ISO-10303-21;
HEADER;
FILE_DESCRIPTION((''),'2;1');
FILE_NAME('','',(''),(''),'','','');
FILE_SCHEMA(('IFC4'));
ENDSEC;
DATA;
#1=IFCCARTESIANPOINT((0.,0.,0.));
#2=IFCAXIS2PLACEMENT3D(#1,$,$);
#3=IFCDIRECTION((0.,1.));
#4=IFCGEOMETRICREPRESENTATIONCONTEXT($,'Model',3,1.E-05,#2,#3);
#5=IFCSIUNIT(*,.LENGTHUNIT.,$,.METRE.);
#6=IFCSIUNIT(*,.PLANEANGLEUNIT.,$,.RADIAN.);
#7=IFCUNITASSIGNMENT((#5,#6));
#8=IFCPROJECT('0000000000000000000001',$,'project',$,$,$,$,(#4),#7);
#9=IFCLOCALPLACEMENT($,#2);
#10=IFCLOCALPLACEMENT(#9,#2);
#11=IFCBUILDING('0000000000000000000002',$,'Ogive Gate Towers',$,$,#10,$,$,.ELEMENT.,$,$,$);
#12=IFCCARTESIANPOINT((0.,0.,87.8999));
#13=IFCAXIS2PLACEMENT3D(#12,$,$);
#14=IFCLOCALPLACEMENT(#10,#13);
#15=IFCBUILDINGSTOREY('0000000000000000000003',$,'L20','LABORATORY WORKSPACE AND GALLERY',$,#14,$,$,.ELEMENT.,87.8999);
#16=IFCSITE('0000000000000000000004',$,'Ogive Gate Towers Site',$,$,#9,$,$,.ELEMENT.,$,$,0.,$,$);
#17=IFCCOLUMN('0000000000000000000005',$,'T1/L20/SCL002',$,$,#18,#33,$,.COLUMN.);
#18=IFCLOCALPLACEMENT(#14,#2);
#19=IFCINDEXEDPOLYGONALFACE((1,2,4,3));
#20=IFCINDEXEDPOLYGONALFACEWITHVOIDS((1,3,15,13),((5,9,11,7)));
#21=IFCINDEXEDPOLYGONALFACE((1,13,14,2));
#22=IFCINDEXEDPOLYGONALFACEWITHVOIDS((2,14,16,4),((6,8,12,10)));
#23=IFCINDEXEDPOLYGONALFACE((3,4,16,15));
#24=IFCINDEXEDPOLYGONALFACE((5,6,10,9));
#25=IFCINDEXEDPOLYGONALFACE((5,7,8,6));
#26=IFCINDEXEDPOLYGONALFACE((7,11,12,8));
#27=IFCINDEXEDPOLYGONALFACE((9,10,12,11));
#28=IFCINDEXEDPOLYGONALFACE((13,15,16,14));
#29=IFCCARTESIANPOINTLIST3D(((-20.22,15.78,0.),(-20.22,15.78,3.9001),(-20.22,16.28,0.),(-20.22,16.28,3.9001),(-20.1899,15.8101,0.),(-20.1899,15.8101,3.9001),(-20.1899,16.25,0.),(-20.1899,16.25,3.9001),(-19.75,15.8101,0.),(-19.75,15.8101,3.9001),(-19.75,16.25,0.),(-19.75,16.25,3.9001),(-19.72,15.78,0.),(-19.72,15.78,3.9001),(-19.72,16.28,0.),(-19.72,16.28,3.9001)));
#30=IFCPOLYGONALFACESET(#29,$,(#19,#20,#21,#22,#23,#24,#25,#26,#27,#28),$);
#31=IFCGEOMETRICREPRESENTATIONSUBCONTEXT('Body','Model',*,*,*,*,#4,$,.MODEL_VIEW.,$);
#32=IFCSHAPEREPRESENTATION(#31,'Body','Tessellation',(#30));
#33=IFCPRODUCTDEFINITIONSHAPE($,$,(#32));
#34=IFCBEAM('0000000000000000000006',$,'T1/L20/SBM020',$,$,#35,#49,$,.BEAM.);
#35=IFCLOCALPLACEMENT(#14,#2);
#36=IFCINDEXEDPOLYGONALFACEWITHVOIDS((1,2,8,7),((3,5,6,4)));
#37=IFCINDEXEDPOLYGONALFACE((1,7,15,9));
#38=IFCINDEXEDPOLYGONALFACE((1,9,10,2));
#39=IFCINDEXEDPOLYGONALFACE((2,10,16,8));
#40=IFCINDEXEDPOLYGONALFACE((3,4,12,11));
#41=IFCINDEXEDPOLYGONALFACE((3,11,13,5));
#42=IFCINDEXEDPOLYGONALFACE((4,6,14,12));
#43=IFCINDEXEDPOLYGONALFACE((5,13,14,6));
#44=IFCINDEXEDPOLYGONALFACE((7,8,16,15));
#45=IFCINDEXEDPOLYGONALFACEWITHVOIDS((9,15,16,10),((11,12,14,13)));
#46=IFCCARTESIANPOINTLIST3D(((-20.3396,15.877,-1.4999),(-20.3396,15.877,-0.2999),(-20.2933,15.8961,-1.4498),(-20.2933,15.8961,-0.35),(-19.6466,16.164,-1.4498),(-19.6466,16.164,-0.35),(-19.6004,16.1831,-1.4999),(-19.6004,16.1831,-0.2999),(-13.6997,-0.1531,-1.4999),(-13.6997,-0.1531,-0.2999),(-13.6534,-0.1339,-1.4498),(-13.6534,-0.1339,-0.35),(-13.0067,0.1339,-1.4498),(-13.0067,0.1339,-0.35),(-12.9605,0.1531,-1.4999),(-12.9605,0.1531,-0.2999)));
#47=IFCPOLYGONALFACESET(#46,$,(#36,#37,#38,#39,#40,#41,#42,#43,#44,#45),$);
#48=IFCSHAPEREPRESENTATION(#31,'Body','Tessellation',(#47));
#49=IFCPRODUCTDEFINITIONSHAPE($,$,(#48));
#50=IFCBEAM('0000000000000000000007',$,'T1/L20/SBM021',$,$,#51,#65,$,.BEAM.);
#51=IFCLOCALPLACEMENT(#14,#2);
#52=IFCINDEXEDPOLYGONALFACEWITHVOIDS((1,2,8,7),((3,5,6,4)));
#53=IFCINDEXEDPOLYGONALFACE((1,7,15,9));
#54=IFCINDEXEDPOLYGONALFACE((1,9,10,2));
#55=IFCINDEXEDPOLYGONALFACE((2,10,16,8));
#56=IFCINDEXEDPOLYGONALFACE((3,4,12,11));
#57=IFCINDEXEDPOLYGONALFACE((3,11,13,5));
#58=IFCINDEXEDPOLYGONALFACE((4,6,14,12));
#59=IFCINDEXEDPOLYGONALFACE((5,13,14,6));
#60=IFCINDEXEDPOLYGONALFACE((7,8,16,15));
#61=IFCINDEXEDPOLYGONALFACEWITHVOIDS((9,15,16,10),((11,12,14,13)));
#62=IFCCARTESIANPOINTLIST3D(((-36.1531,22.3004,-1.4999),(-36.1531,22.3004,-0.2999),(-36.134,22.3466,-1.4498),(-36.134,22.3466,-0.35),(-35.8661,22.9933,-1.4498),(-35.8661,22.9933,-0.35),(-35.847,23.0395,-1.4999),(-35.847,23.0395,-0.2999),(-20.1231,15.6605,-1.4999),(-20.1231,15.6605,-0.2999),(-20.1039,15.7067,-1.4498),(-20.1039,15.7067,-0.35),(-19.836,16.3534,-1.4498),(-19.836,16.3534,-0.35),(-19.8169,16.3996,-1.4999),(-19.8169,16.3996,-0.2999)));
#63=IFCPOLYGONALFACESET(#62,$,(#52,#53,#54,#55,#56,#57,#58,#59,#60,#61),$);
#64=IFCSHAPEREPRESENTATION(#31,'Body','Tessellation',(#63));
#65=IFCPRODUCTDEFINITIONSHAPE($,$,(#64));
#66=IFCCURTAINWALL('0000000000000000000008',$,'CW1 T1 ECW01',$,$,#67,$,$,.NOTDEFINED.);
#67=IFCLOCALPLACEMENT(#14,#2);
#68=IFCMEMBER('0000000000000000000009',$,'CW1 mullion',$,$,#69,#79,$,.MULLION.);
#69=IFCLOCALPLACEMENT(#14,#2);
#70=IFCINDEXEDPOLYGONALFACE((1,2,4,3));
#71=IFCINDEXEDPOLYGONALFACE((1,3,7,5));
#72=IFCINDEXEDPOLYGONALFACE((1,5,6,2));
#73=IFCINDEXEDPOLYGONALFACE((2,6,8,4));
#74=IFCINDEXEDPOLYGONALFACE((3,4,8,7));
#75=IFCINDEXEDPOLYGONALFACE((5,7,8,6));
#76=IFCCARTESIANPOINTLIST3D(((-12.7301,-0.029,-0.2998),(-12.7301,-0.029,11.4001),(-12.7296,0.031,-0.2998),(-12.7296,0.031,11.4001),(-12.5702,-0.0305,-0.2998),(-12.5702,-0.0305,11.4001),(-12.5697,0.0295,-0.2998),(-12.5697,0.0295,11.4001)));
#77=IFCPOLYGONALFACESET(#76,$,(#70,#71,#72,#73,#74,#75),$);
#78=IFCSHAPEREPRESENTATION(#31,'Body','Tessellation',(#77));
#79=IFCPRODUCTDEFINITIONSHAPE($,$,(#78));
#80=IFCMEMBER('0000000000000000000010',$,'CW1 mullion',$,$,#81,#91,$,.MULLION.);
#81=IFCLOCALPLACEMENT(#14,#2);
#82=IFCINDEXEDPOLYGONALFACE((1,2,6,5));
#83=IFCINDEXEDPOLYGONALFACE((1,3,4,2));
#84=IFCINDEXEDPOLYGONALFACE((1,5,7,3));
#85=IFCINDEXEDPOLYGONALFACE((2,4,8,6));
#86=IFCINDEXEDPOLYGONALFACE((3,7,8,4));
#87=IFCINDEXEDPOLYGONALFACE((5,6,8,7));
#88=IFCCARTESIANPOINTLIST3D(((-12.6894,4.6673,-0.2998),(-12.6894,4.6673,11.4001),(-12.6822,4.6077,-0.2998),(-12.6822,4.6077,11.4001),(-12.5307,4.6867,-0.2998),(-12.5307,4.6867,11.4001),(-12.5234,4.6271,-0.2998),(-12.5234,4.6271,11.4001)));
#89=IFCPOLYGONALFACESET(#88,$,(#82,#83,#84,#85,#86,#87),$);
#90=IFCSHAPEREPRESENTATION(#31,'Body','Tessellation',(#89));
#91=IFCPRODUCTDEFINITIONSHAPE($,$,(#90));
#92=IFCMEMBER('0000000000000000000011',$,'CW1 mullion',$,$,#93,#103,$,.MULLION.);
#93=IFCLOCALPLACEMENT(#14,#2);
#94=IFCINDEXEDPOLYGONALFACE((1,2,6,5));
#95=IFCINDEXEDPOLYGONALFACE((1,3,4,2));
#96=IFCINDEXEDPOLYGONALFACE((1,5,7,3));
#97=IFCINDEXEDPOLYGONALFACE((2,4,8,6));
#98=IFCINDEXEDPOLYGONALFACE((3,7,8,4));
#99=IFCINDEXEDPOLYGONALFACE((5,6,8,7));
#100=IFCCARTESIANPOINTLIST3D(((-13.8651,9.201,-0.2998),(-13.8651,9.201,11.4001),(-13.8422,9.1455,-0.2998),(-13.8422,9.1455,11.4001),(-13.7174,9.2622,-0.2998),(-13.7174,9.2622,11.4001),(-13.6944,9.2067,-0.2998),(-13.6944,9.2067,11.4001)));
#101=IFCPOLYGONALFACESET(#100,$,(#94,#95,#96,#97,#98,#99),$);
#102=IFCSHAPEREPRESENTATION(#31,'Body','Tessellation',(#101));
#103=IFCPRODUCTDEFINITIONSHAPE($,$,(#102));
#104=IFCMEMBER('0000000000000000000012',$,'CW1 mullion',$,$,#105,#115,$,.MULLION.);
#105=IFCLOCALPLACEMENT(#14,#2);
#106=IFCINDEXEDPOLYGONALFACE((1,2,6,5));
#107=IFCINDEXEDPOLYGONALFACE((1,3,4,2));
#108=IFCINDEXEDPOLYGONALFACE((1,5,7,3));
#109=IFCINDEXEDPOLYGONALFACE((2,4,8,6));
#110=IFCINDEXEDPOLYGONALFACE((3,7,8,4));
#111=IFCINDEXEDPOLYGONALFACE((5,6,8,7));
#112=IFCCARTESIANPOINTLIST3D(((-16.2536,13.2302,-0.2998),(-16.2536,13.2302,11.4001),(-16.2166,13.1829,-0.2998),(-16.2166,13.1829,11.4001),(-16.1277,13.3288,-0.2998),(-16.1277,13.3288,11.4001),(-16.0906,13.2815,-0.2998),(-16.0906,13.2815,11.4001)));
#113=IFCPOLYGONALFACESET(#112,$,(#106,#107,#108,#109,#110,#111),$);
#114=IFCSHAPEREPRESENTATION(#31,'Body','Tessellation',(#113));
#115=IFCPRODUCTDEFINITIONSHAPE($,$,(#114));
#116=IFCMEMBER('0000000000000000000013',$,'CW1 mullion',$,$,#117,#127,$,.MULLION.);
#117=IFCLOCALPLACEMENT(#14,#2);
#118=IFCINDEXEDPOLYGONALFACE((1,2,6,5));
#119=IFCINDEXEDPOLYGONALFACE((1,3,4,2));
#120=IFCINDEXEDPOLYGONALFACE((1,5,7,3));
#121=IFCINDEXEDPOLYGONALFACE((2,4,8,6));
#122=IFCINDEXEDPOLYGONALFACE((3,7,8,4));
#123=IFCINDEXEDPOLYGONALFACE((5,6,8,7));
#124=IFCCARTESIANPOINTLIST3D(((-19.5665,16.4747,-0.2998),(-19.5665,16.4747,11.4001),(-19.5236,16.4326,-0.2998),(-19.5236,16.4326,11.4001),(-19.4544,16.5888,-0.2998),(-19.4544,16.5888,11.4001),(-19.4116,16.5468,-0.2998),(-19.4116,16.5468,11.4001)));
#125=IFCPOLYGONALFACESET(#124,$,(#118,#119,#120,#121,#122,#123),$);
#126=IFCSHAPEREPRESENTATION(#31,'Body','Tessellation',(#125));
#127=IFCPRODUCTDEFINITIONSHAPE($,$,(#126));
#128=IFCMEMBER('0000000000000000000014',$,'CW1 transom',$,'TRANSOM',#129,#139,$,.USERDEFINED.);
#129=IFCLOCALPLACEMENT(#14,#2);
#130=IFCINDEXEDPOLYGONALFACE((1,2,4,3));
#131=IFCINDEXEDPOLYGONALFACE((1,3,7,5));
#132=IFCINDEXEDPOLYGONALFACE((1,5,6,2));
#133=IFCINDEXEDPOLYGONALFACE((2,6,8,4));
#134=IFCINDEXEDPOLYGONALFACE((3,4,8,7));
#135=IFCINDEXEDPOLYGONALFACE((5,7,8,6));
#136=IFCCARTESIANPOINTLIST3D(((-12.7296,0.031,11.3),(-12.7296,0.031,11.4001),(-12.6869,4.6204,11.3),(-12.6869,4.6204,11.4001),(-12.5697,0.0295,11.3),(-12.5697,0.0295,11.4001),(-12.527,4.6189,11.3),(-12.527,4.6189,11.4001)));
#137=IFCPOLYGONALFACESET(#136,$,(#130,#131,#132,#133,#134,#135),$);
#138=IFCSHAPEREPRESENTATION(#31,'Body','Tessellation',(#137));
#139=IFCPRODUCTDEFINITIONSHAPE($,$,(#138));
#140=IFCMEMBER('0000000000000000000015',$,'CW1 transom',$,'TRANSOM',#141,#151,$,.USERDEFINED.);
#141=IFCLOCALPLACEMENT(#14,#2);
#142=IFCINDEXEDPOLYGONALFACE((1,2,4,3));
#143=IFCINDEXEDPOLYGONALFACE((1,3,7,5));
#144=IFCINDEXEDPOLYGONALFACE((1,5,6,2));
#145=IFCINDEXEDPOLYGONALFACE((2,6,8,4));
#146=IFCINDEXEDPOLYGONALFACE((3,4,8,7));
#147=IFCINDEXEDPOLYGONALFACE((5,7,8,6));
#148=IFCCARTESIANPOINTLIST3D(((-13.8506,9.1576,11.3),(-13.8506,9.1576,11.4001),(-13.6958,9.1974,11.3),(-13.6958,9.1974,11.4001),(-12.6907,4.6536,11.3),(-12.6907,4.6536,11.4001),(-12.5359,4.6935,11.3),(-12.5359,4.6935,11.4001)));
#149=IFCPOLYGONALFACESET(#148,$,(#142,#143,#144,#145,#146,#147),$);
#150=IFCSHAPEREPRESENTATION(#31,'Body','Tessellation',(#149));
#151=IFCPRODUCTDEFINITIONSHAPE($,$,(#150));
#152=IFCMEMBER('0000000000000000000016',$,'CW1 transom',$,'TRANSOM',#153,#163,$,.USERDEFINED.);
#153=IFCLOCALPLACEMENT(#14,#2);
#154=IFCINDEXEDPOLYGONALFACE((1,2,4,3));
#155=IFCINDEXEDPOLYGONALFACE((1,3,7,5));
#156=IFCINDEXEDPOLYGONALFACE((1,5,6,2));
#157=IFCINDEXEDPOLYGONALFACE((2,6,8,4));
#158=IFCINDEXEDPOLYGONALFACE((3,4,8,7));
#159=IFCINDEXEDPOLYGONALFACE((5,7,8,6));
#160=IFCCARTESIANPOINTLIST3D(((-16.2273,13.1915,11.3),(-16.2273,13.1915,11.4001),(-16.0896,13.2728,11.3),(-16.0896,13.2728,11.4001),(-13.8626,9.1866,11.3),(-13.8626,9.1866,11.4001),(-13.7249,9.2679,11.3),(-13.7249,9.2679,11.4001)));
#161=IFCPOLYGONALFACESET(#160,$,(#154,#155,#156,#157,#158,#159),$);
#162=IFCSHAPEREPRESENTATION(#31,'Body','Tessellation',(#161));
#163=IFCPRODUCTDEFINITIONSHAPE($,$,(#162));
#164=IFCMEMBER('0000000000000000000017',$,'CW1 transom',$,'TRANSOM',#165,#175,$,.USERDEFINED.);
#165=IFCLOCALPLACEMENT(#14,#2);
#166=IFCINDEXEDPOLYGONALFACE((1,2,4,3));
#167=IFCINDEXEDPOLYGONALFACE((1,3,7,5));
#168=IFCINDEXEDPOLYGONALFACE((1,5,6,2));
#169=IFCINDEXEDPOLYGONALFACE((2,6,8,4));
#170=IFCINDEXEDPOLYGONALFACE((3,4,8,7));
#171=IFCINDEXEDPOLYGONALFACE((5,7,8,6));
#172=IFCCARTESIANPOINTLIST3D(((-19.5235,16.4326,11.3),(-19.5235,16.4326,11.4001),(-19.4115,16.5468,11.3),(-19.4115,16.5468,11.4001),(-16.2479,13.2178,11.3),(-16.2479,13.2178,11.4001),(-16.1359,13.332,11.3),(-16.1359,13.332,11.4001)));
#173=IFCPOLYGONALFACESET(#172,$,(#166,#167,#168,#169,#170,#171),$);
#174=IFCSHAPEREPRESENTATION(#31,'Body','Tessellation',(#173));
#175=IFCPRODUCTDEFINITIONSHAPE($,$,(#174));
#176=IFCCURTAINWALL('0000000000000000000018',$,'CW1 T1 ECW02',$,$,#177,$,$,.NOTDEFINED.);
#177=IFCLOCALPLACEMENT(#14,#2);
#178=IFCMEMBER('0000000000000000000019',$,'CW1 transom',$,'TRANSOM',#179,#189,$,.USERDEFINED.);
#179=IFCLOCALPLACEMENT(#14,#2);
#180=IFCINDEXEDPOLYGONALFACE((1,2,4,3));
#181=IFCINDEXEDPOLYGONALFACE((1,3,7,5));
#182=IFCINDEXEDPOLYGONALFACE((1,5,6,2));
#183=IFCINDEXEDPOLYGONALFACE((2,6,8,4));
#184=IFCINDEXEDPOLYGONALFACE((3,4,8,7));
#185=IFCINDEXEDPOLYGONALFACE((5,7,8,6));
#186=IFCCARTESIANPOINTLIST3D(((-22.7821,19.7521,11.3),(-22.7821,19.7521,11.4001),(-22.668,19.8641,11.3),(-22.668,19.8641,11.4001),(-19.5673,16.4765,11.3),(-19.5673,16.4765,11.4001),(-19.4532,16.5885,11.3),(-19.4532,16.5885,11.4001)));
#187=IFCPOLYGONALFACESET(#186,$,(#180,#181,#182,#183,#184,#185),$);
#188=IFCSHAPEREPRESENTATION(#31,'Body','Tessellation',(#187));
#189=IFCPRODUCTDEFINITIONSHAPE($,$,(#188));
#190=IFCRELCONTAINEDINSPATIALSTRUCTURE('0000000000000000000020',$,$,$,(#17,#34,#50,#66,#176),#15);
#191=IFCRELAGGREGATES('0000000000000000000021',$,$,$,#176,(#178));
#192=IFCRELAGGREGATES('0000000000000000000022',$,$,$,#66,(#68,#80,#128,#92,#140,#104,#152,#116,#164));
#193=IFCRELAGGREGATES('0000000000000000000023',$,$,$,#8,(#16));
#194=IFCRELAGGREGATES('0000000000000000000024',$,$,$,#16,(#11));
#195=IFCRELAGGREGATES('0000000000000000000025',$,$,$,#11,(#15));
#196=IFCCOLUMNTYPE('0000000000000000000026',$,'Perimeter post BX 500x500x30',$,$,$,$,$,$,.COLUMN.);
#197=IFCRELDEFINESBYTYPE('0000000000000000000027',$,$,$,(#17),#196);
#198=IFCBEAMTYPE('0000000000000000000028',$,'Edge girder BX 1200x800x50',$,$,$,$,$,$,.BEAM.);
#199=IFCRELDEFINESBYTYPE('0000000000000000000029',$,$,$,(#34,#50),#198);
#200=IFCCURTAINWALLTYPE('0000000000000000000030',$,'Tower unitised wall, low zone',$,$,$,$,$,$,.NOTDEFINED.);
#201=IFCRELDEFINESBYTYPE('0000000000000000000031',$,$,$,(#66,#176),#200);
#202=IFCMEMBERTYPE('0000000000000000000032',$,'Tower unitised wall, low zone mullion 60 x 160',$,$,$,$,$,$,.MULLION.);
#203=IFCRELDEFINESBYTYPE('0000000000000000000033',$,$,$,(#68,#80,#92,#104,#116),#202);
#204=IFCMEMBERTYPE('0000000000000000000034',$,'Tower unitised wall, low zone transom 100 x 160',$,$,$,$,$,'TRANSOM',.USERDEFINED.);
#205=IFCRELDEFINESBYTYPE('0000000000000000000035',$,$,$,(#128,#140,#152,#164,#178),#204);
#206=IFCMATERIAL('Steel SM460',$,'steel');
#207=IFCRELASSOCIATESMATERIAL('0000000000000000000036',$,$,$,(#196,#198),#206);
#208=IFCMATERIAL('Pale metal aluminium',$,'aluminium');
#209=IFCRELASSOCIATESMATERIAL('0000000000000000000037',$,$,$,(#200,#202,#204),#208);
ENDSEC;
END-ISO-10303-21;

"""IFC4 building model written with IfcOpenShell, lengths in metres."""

from ifc_helpers import new_model, si_unit, direction, frame, origin, origin_2d, place, context, subcontext, project, spatial, rectangle, hollow_rectangle, extrude, material, material_profile, profile_set, type_object, element, aggregate, save


model = new_model("IFC4")

# Units and contexts
model_context = context("Model", 3, precision=1e-05, world=origin(), true_north=direction((0.0, 1.0)))
body_context = subcontext(model_context, "Body", "Model", "MODEL_VIEW")
ifc_project = project(units=[si_unit("LENGTHUNIT", "METRE"), si_unit("PLANEANGLEUNIT", "RADIAN")], contexts=[model_context])

# Site, building, storey
site_placement = place(None, origin())
site = spatial("IfcSite", under=ifc_project, at=site_placement, Name="Ogive Gate Towers Site", CompositionType="ELEMENT", RefElevation=0.0)
building_placement = place(site_placement, origin())
building = spatial("IfcBuilding", under=site, at=building_placement, Name="Ogive Gate Towers", CompositionType="ELEMENT")
storey_placement = place(building_placement, frame((0.0, 0.0, 87.8999)))
storey = spatial("IfcBuildingStorey", under=building, at=storey_placement, Name="L20", Description="LABORATORY WORKSPACE AND GALLERY", CompositionType="ELEMENT", Elevation=87.8999)

# Column
ifc_material_1 = material(Name="Steel SM460", Category="steel")
ifc_material_profile_1 = material_profile(ifc_material_1, hollow_rectangle(XDim=0.5, YDim=0.5, WallThickness=0.03, at=origin_2d()), Name="BX 500x500x30")
ifc_profile_set_1 = profile_set([ifc_material_profile_1], Name="Steel SM460")
column_type = type_object("IfcColumnType", Name="Perimeter post BX 500x500x30", PredefinedType="COLUMN", material=ifc_profile_set_1)
column_placement = place(storey_placement, frame((-19.97, 16.03, 0.0), z_axis=(0.0, 0.0, 1.0), x_axis=(1.0, 0.0, 0.0)))
element("IfcColumn", 1, at=column_placement, inside=storey, type_object=column_type, Name="T1/L20/SCL002", PredefinedType="COLUMN", context=body_context, shape_type="SweptSolid", body=[
    extrude(hollow_rectangle(XDim=0.5, YDim=0.5, WallThickness=0.03, at=origin_2d()), origin(), (0.0, 0.0, 1.0), 3.9001),
])

# Beams
ifc_material_profile_2 = material_profile(ifc_material_1, hollow_rectangle(XDim=0.8, YDim=1.2, WallThickness=0.05, at=origin_2d()), Name="BX 1200x800x50")
ifc_profile_set_2 = profile_set([ifc_material_profile_2], Name="Steel SM460")
beam_type = type_object("IfcBeamType", Name="Edge girder BX 1200x800x50", PredefinedType="BEAM", material=ifc_profile_set_2)
for number, where, z_axis, x_axis, name in (
    (2, (-13.3301, 0.0, -0.8999), (-0.382685, 0.923879, 0.0), (-0.923879, -0.382685, 0.0), "T1/L20/SBM020"),
    (3, (-19.97, 16.03, -0.8999), (-0.923879, 0.382685, 0.0), (-0.382685, -0.923879, 0.0), "T1/L20/SBM021"),
):
    element("IfcBeam", number, at=place(storey_placement, frame(where, z_axis=z_axis, x_axis=x_axis)), inside=storey, type_object=beam_type, Name=name, PredefinedType="BEAM", context=body_context, shape_type="SweptSolid", body=[
        extrude(hollow_rectangle(XDim=0.8, YDim=1.2, WallThickness=0.05, at=origin_2d()), origin(), (0.0, 0.0, 1.0), 17.3508),
    ])

# Curtain wall, members
ifc_material_2 = material(Name="Pale metal aluminium", Category="aluminium")
curtain_wall_type = type_object("IfcCurtainWallType", Name="Tower unitised wall, low zone", PredefinedType="NOTDEFINED", material=ifc_material_2)
curtain_wall_1_placement = place(storey_placement, origin())
curtain_wall_1 = element("IfcCurtainWall", 4, at=curtain_wall_1_placement, inside=storey, type_object=curtain_wall_type, Name="CW1 T1 ECW01", PredefinedType="NOTDEFINED")
ifc_material_profile_3 = material_profile(ifc_material_2, rectangle(XDim=0.1599, YDim=0.0601, at=origin_2d()), Name="60 x 160 aluminium box")
ifc_profile_set_3 = profile_set([ifc_material_profile_3], Name="Pale metal aluminium")
member_type_1 = type_object("IfcMemberType", Name="Tower unitised wall, low zone mullion 60 x 160", PredefinedType="MULLION", material=ifc_profile_set_3)
member_1_placement = place(storey_placement, frame((-12.6499, 0.0002, -0.2998), z_axis=(0.0, 0.0, 1.0), x_axis=(0.999956, -0.009337, 0.0)))
member_1 = element("IfcMember", 5, at=member_1_placement, type_object=member_type_1, Name="CW1 mullion", PredefinedType="MULLION", context=body_context, shape_type="SweptSolid", body=[
    extrude(rectangle(XDim=0.1599, YDim=0.0601, at=origin_2d()), origin(), (0.0, 0.0, 1.0), 11.7),
])
member_2_placement = place(storey_placement, frame((-12.6064, 4.6472, -0.2998), z_axis=(0.0, 0.0, 1.0), x_axis=(0.992648, 0.121038, 0.0)))
member_2 = element("IfcMember", 6, at=member_2_placement, type_object=member_type_1, Name="CW1 mullion", PredefinedType="MULLION", context=body_context, shape_type="SweptSolid", body=[
    extrude(rectangle(XDim=0.1599, YDim=0.0601, at=origin_2d()), origin(), (0.0, 0.0, 1.0), 11.7),
])
member_3_placement = place(storey_placement, frame((-13.7798, 9.2039, -0.2998), z_axis=(0.0, 0.0, 1.0), x_axis=(0.92388, 0.382683, 0.0)))
member_3 = element("IfcMember", 7, at=member_3_placement, type_object=member_type_1, Name="CW1 mullion", PredefinedType="MULLION", context=body_context, shape_type="SweptSolid", body=[
    extrude(rectangle(XDim=0.1599, YDim=0.0601, at=origin_2d()), origin(), (0.0, 0.0, 1.0), 11.7),
])
member_4_placement = place(storey_placement, frame((-16.1721, 13.2559, -0.2998), z_axis=(0.0, 0.0, 1.0), x_axis=(0.787495, 0.616321, 0.0)))
member_4 = element("IfcMember", 8, at=member_4_placement, type_object=member_type_1, Name="CW1 mullion", PredefinedType="MULLION", context=body_context, shape_type="SweptSolid", body=[
    extrude(rectangle(XDim=0.1599, YDim=0.0601, at=origin_2d()), origin(), (0.0, 0.0, 1.0), 11.7),
])
member_5_placement = place(storey_placement, frame((-19.489, 16.5107, -0.2998), z_axis=(0.0, 0.0, 1.0), x_axis=(0.700473, 0.713678, 0.0)))
member_5 = element("IfcMember", 9, at=member_5_placement, type_object=member_type_1, Name="CW1 mullion", PredefinedType="MULLION", context=body_context, shape_type="SweptSolid", body=[
    extrude(rectangle(XDim=0.1599, YDim=0.0601, at=origin_2d()), origin(), (0.0, 0.0, 1.0), 11.7),
])
ifc_material_profile_4 = material_profile(ifc_material_2, rectangle(XDim=0.1599, YDim=0.1001, at=origin_2d()), Name="100 x 160 aluminium box")
ifc_profile_set_4 = profile_set([ifc_material_profile_4], Name="Pale metal aluminium")
member_type_2 = type_object("IfcMemberType", Name="Tower unitised wall, low zone transom 100 x 160", ElementType="TRANSOM", PredefinedType="USERDEFINED", material=ifc_profile_set_4)
member_6_placement = place(storey_placement, frame((-12.6497, 0.0303, 11.3501), z_axis=(0.009309, 0.999957, 0.0), x_axis=(-0.999957, 0.009309, 0.0)))
member_6 = element("IfcMember", 10, at=member_6_placement, type_object=member_type_2, Name="CW1 transom", ObjectType="TRANSOM", PredefinedType="USERDEFINED", context=body_context, shape_type="SweptSolid", body=[
    extrude(rectangle(XDim=0.1599, YDim=0.1001, at=origin_2d()), origin(), (0.0, 0.0, 1.0), 4.5896),
])
member_7_placement = place(storey_placement, frame((-12.6133, 4.6736, 11.3501), z_axis=(-0.249397, 0.968401, 0.0), x_axis=(-0.968401, -0.249397, 0.0)))
member_7 = element("IfcMember", 11, at=member_7_placement, type_object=member_type_2, Name="CW1 transom", ObjectType="TRANSOM", PredefinedType="USERDEFINED", context=body_context, shape_type="SweptSolid", body=[
    extrude(rectangle(XDim=0.1599, YDim=0.1001, at=origin_2d()), origin(), (0.0, 0.0, 1.0), 4.6509),
])
member_8_placement = place(storey_placement, frame((-13.7937, 9.2273, 11.3501), z_axis=(-0.508446, 0.861094, 0.0), x_axis=(-0.861094, -0.508446, 0.0)))
member_8 = element("IfcMember", 12, at=member_8_placement, type_object=member_type_2, Name="CW1 transom", ObjectType="TRANSOM", PredefinedType="USERDEFINED", context=body_context, shape_type="SweptSolid", body=[
    extrude(rectangle(XDim=0.1599, YDim=0.1001, at=origin_2d()), origin(), (0.0, 0.0, 1.0), 4.6509),
])
member_9_placement = place(storey_placement, frame((-16.1919, 13.2749, 11.3501), z_axis=(-0.713698, 0.700453, 0.0), x_axis=(-0.700453, -0.713698, 0.0)))
member_9 = element("IfcMember", 13, at=member_9_placement, type_object=member_type_2, Name="CW1 transom", ObjectType="TRANSOM", PredefinedType="USERDEFINED", context=body_context, shape_type="SweptSolid", body=[
    extrude(rectangle(XDim=0.1599, YDim=0.1001, at=origin_2d()), origin(), (0.0, 0.0, 1.0), 4.5896),
])

# Curtain wall, member
curtain_wall_2_placement = place(storey_placement, origin())
curtain_wall_2 = element("IfcCurtainWall", 14, at=curtain_wall_2_placement, inside=storey, type_object=curtain_wall_type, Name="CW1 T1 ECW02", PredefinedType="NOTDEFINED")
member_10_placement = place(storey_placement, frame((-19.5103, 16.5325, 11.3501), z_axis=(-0.700453, 0.713698, 0.0), x_axis=(-0.713698, -0.700453, 0.0)))
member_10 = element("IfcMember", 15, at=member_10_placement, type_object=member_type_2, Name="CW1 transom", ObjectType="TRANSOM", PredefinedType="USERDEFINED", context=body_context, shape_type="SweptSolid", body=[
    extrude(rectangle(XDim=0.1599, YDim=0.1001, at=origin_2d()), origin(), (0.0, 0.0, 1.0), 4.5896),
])
aggregate(curtain_wall_2, [member_10])

aggregate(curtain_wall_1, [member_1, member_2, member_6, member_3, member_7, member_4, member_8, member_5, member_9])

save(model, "model.ifc")
